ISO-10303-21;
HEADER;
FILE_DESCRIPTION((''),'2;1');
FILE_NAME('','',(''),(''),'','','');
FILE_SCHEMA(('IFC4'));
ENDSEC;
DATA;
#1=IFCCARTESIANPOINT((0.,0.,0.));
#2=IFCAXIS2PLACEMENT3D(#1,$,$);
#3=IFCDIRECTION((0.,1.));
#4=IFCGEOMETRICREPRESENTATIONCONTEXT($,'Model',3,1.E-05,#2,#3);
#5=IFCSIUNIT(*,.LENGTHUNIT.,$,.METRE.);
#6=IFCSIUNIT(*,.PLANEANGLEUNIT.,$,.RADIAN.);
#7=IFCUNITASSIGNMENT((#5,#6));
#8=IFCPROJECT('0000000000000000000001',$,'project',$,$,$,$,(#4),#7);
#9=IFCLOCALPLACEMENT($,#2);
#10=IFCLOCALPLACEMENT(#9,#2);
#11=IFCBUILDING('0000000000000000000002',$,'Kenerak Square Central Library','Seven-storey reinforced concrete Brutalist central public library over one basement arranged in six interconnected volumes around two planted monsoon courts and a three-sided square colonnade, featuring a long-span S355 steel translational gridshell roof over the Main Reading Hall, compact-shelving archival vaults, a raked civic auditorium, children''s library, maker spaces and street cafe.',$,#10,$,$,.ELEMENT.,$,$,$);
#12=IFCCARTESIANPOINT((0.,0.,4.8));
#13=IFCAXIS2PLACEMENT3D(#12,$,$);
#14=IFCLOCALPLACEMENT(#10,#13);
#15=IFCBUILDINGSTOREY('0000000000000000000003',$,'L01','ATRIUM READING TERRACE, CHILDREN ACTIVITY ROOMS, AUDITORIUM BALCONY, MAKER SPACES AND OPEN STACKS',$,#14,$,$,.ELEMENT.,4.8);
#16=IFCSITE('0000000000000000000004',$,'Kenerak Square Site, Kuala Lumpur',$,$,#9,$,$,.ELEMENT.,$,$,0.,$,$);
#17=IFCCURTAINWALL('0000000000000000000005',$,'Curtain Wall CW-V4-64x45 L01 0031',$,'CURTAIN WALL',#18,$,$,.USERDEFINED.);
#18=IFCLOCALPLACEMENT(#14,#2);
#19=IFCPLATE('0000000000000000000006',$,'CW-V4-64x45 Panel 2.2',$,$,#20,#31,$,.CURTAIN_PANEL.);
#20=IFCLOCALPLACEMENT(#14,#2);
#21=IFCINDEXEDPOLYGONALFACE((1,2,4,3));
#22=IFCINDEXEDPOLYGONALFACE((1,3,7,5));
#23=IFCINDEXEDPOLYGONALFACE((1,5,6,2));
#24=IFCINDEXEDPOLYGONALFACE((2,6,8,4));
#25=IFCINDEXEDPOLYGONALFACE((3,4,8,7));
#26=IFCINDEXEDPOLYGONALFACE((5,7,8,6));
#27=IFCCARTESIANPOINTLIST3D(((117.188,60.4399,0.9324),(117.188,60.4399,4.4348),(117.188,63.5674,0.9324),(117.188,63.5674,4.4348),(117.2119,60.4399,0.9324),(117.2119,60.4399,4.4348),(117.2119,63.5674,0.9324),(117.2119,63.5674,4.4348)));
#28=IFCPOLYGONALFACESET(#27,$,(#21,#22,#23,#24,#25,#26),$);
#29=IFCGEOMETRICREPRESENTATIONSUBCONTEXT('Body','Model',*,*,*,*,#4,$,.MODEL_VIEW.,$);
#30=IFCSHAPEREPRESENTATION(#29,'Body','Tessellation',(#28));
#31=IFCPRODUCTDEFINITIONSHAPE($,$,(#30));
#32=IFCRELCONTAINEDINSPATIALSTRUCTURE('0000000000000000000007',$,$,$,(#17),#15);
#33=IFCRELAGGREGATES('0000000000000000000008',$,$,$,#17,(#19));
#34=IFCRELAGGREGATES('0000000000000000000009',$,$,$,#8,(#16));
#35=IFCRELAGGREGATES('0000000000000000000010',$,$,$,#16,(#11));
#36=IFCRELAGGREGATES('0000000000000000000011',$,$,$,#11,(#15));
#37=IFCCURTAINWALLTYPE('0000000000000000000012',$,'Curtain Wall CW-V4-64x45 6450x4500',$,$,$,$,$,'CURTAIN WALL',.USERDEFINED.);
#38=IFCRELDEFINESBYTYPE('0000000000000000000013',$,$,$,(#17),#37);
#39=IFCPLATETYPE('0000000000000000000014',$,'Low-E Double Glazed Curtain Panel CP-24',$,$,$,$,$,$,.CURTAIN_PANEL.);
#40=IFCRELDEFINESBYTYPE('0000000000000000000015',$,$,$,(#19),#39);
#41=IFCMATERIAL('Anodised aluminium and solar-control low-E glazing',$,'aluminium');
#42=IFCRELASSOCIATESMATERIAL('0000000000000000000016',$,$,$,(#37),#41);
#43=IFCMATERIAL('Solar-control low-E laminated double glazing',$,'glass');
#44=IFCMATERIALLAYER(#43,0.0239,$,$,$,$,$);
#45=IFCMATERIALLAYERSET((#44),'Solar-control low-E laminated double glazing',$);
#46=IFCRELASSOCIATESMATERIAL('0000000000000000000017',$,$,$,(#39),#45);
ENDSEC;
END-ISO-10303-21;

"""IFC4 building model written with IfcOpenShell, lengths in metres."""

from ifc_helpers import new_model, si_unit, direction, frame, origin, origin_2d, place, context, subcontext, project, spatial, rectangle, extrude, material, layer, layer_set, type_object, element, aggregate, save


model = new_model("IFC4")

# Units and contexts
model_context = context("Model", 3, precision=1e-05, world=origin(), true_north=direction((0.0, 1.0)))
body_context = subcontext(model_context, "Body", "Model", "MODEL_VIEW")
ifc_project = project(units=[si_unit("LENGTHUNIT", "METRE"), si_unit("PLANEANGLEUNIT", "RADIAN")], contexts=[model_context])

# Site, building, storey
site_placement = place(None, origin())
site = spatial("IfcSite", under=ifc_project, at=site_placement, Name="Kenerak Square Site, Kuala Lumpur", CompositionType="ELEMENT", RefElevation=0.0)
building_placement = place(site_placement, origin())
building = spatial("IfcBuilding", under=site, at=building_placement, Name="Kenerak Square Central Library", Description="Seven-storey reinforced concrete Brutalist central public library over one basement arranged in six interconnected volumes around two planted monsoon courts and a three-sided square colonnade, featuring a long-span S355 steel translational gridshell roof over the Main Reading Hall, compact-shelving archival vaults, a raked civic auditorium, children's library, maker spaces and street cafe.", CompositionType="ELEMENT")
storey_placement = place(building_placement, frame((0.0, 0.0, 4.8)))
storey = spatial("IfcBuildingStorey", under=building, at=storey_placement, Name="L01", Description="ATRIUM READING TERRACE, CHILDREN ACTIVITY ROOMS, AUDITORIUM BALCONY, MAKER SPACES AND OPEN STACKS", CompositionType="ELEMENT", Elevation=4.8)

# Shared definitions
ifc_material_1 = material(Name="Anodised aluminium and solar-control low-E glazing", Category="aluminium")
curtain_wall_type = type_object("IfcCurtainWallType", Name="Curtain Wall CW-V4-64x45 6450x4500", ElementType="CURTAIN WALL", PredefinedType="USERDEFINED", material=ifc_material_1)

# Curtain wall
curtain_wall_1_placement = place(storey_placement, origin())
curtain_wall_1 = element("IfcCurtainWall", 1, at=curtain_wall_1_placement, inside=storey, type_object=curtain_wall_type, Name="Curtain Wall CW-V4-64x45 L01 0031", ObjectType="CURTAIN WALL", PredefinedType="USERDEFINED")

# Plate
ifc_material_2 = material(Name="Solar-control low-E laminated double glazing", Category="glass")
ifc_layer = layer(ifc_material_2, 0.0239)
ifc_layer_set = layer_set([ifc_layer], Name="Solar-control low-E laminated double glazing")
plate_type = type_object("IfcPlateType", Name="Low-E Double Glazed Curtain Panel CP-24", PredefinedType="CURTAIN_PANEL", material=ifc_layer_set)
plate_1_placement = place(storey_placement, frame((117.2, 62.0037, 0.9324), z_axis=(0.0, 0.0, 1.0), x_axis=(0.0, -1.0, 0.0)))
plate_1 = element("IfcPlate", 2, at=plate_1_placement, type_object=plate_type, Name="CW-V4-64x45 Panel 2.2", PredefinedType="CURTAIN_PANEL", context=body_context, shape_type="SweptSolid", body=[
    extrude(rectangle(XDim=3.1274, YDim=0.0239, at=origin_2d()), origin(), (0.0, 0.0, 1.0), 3.5024),
])
aggregate(curtain_wall_1, [plate_1])

save(model, "model.ifc")
